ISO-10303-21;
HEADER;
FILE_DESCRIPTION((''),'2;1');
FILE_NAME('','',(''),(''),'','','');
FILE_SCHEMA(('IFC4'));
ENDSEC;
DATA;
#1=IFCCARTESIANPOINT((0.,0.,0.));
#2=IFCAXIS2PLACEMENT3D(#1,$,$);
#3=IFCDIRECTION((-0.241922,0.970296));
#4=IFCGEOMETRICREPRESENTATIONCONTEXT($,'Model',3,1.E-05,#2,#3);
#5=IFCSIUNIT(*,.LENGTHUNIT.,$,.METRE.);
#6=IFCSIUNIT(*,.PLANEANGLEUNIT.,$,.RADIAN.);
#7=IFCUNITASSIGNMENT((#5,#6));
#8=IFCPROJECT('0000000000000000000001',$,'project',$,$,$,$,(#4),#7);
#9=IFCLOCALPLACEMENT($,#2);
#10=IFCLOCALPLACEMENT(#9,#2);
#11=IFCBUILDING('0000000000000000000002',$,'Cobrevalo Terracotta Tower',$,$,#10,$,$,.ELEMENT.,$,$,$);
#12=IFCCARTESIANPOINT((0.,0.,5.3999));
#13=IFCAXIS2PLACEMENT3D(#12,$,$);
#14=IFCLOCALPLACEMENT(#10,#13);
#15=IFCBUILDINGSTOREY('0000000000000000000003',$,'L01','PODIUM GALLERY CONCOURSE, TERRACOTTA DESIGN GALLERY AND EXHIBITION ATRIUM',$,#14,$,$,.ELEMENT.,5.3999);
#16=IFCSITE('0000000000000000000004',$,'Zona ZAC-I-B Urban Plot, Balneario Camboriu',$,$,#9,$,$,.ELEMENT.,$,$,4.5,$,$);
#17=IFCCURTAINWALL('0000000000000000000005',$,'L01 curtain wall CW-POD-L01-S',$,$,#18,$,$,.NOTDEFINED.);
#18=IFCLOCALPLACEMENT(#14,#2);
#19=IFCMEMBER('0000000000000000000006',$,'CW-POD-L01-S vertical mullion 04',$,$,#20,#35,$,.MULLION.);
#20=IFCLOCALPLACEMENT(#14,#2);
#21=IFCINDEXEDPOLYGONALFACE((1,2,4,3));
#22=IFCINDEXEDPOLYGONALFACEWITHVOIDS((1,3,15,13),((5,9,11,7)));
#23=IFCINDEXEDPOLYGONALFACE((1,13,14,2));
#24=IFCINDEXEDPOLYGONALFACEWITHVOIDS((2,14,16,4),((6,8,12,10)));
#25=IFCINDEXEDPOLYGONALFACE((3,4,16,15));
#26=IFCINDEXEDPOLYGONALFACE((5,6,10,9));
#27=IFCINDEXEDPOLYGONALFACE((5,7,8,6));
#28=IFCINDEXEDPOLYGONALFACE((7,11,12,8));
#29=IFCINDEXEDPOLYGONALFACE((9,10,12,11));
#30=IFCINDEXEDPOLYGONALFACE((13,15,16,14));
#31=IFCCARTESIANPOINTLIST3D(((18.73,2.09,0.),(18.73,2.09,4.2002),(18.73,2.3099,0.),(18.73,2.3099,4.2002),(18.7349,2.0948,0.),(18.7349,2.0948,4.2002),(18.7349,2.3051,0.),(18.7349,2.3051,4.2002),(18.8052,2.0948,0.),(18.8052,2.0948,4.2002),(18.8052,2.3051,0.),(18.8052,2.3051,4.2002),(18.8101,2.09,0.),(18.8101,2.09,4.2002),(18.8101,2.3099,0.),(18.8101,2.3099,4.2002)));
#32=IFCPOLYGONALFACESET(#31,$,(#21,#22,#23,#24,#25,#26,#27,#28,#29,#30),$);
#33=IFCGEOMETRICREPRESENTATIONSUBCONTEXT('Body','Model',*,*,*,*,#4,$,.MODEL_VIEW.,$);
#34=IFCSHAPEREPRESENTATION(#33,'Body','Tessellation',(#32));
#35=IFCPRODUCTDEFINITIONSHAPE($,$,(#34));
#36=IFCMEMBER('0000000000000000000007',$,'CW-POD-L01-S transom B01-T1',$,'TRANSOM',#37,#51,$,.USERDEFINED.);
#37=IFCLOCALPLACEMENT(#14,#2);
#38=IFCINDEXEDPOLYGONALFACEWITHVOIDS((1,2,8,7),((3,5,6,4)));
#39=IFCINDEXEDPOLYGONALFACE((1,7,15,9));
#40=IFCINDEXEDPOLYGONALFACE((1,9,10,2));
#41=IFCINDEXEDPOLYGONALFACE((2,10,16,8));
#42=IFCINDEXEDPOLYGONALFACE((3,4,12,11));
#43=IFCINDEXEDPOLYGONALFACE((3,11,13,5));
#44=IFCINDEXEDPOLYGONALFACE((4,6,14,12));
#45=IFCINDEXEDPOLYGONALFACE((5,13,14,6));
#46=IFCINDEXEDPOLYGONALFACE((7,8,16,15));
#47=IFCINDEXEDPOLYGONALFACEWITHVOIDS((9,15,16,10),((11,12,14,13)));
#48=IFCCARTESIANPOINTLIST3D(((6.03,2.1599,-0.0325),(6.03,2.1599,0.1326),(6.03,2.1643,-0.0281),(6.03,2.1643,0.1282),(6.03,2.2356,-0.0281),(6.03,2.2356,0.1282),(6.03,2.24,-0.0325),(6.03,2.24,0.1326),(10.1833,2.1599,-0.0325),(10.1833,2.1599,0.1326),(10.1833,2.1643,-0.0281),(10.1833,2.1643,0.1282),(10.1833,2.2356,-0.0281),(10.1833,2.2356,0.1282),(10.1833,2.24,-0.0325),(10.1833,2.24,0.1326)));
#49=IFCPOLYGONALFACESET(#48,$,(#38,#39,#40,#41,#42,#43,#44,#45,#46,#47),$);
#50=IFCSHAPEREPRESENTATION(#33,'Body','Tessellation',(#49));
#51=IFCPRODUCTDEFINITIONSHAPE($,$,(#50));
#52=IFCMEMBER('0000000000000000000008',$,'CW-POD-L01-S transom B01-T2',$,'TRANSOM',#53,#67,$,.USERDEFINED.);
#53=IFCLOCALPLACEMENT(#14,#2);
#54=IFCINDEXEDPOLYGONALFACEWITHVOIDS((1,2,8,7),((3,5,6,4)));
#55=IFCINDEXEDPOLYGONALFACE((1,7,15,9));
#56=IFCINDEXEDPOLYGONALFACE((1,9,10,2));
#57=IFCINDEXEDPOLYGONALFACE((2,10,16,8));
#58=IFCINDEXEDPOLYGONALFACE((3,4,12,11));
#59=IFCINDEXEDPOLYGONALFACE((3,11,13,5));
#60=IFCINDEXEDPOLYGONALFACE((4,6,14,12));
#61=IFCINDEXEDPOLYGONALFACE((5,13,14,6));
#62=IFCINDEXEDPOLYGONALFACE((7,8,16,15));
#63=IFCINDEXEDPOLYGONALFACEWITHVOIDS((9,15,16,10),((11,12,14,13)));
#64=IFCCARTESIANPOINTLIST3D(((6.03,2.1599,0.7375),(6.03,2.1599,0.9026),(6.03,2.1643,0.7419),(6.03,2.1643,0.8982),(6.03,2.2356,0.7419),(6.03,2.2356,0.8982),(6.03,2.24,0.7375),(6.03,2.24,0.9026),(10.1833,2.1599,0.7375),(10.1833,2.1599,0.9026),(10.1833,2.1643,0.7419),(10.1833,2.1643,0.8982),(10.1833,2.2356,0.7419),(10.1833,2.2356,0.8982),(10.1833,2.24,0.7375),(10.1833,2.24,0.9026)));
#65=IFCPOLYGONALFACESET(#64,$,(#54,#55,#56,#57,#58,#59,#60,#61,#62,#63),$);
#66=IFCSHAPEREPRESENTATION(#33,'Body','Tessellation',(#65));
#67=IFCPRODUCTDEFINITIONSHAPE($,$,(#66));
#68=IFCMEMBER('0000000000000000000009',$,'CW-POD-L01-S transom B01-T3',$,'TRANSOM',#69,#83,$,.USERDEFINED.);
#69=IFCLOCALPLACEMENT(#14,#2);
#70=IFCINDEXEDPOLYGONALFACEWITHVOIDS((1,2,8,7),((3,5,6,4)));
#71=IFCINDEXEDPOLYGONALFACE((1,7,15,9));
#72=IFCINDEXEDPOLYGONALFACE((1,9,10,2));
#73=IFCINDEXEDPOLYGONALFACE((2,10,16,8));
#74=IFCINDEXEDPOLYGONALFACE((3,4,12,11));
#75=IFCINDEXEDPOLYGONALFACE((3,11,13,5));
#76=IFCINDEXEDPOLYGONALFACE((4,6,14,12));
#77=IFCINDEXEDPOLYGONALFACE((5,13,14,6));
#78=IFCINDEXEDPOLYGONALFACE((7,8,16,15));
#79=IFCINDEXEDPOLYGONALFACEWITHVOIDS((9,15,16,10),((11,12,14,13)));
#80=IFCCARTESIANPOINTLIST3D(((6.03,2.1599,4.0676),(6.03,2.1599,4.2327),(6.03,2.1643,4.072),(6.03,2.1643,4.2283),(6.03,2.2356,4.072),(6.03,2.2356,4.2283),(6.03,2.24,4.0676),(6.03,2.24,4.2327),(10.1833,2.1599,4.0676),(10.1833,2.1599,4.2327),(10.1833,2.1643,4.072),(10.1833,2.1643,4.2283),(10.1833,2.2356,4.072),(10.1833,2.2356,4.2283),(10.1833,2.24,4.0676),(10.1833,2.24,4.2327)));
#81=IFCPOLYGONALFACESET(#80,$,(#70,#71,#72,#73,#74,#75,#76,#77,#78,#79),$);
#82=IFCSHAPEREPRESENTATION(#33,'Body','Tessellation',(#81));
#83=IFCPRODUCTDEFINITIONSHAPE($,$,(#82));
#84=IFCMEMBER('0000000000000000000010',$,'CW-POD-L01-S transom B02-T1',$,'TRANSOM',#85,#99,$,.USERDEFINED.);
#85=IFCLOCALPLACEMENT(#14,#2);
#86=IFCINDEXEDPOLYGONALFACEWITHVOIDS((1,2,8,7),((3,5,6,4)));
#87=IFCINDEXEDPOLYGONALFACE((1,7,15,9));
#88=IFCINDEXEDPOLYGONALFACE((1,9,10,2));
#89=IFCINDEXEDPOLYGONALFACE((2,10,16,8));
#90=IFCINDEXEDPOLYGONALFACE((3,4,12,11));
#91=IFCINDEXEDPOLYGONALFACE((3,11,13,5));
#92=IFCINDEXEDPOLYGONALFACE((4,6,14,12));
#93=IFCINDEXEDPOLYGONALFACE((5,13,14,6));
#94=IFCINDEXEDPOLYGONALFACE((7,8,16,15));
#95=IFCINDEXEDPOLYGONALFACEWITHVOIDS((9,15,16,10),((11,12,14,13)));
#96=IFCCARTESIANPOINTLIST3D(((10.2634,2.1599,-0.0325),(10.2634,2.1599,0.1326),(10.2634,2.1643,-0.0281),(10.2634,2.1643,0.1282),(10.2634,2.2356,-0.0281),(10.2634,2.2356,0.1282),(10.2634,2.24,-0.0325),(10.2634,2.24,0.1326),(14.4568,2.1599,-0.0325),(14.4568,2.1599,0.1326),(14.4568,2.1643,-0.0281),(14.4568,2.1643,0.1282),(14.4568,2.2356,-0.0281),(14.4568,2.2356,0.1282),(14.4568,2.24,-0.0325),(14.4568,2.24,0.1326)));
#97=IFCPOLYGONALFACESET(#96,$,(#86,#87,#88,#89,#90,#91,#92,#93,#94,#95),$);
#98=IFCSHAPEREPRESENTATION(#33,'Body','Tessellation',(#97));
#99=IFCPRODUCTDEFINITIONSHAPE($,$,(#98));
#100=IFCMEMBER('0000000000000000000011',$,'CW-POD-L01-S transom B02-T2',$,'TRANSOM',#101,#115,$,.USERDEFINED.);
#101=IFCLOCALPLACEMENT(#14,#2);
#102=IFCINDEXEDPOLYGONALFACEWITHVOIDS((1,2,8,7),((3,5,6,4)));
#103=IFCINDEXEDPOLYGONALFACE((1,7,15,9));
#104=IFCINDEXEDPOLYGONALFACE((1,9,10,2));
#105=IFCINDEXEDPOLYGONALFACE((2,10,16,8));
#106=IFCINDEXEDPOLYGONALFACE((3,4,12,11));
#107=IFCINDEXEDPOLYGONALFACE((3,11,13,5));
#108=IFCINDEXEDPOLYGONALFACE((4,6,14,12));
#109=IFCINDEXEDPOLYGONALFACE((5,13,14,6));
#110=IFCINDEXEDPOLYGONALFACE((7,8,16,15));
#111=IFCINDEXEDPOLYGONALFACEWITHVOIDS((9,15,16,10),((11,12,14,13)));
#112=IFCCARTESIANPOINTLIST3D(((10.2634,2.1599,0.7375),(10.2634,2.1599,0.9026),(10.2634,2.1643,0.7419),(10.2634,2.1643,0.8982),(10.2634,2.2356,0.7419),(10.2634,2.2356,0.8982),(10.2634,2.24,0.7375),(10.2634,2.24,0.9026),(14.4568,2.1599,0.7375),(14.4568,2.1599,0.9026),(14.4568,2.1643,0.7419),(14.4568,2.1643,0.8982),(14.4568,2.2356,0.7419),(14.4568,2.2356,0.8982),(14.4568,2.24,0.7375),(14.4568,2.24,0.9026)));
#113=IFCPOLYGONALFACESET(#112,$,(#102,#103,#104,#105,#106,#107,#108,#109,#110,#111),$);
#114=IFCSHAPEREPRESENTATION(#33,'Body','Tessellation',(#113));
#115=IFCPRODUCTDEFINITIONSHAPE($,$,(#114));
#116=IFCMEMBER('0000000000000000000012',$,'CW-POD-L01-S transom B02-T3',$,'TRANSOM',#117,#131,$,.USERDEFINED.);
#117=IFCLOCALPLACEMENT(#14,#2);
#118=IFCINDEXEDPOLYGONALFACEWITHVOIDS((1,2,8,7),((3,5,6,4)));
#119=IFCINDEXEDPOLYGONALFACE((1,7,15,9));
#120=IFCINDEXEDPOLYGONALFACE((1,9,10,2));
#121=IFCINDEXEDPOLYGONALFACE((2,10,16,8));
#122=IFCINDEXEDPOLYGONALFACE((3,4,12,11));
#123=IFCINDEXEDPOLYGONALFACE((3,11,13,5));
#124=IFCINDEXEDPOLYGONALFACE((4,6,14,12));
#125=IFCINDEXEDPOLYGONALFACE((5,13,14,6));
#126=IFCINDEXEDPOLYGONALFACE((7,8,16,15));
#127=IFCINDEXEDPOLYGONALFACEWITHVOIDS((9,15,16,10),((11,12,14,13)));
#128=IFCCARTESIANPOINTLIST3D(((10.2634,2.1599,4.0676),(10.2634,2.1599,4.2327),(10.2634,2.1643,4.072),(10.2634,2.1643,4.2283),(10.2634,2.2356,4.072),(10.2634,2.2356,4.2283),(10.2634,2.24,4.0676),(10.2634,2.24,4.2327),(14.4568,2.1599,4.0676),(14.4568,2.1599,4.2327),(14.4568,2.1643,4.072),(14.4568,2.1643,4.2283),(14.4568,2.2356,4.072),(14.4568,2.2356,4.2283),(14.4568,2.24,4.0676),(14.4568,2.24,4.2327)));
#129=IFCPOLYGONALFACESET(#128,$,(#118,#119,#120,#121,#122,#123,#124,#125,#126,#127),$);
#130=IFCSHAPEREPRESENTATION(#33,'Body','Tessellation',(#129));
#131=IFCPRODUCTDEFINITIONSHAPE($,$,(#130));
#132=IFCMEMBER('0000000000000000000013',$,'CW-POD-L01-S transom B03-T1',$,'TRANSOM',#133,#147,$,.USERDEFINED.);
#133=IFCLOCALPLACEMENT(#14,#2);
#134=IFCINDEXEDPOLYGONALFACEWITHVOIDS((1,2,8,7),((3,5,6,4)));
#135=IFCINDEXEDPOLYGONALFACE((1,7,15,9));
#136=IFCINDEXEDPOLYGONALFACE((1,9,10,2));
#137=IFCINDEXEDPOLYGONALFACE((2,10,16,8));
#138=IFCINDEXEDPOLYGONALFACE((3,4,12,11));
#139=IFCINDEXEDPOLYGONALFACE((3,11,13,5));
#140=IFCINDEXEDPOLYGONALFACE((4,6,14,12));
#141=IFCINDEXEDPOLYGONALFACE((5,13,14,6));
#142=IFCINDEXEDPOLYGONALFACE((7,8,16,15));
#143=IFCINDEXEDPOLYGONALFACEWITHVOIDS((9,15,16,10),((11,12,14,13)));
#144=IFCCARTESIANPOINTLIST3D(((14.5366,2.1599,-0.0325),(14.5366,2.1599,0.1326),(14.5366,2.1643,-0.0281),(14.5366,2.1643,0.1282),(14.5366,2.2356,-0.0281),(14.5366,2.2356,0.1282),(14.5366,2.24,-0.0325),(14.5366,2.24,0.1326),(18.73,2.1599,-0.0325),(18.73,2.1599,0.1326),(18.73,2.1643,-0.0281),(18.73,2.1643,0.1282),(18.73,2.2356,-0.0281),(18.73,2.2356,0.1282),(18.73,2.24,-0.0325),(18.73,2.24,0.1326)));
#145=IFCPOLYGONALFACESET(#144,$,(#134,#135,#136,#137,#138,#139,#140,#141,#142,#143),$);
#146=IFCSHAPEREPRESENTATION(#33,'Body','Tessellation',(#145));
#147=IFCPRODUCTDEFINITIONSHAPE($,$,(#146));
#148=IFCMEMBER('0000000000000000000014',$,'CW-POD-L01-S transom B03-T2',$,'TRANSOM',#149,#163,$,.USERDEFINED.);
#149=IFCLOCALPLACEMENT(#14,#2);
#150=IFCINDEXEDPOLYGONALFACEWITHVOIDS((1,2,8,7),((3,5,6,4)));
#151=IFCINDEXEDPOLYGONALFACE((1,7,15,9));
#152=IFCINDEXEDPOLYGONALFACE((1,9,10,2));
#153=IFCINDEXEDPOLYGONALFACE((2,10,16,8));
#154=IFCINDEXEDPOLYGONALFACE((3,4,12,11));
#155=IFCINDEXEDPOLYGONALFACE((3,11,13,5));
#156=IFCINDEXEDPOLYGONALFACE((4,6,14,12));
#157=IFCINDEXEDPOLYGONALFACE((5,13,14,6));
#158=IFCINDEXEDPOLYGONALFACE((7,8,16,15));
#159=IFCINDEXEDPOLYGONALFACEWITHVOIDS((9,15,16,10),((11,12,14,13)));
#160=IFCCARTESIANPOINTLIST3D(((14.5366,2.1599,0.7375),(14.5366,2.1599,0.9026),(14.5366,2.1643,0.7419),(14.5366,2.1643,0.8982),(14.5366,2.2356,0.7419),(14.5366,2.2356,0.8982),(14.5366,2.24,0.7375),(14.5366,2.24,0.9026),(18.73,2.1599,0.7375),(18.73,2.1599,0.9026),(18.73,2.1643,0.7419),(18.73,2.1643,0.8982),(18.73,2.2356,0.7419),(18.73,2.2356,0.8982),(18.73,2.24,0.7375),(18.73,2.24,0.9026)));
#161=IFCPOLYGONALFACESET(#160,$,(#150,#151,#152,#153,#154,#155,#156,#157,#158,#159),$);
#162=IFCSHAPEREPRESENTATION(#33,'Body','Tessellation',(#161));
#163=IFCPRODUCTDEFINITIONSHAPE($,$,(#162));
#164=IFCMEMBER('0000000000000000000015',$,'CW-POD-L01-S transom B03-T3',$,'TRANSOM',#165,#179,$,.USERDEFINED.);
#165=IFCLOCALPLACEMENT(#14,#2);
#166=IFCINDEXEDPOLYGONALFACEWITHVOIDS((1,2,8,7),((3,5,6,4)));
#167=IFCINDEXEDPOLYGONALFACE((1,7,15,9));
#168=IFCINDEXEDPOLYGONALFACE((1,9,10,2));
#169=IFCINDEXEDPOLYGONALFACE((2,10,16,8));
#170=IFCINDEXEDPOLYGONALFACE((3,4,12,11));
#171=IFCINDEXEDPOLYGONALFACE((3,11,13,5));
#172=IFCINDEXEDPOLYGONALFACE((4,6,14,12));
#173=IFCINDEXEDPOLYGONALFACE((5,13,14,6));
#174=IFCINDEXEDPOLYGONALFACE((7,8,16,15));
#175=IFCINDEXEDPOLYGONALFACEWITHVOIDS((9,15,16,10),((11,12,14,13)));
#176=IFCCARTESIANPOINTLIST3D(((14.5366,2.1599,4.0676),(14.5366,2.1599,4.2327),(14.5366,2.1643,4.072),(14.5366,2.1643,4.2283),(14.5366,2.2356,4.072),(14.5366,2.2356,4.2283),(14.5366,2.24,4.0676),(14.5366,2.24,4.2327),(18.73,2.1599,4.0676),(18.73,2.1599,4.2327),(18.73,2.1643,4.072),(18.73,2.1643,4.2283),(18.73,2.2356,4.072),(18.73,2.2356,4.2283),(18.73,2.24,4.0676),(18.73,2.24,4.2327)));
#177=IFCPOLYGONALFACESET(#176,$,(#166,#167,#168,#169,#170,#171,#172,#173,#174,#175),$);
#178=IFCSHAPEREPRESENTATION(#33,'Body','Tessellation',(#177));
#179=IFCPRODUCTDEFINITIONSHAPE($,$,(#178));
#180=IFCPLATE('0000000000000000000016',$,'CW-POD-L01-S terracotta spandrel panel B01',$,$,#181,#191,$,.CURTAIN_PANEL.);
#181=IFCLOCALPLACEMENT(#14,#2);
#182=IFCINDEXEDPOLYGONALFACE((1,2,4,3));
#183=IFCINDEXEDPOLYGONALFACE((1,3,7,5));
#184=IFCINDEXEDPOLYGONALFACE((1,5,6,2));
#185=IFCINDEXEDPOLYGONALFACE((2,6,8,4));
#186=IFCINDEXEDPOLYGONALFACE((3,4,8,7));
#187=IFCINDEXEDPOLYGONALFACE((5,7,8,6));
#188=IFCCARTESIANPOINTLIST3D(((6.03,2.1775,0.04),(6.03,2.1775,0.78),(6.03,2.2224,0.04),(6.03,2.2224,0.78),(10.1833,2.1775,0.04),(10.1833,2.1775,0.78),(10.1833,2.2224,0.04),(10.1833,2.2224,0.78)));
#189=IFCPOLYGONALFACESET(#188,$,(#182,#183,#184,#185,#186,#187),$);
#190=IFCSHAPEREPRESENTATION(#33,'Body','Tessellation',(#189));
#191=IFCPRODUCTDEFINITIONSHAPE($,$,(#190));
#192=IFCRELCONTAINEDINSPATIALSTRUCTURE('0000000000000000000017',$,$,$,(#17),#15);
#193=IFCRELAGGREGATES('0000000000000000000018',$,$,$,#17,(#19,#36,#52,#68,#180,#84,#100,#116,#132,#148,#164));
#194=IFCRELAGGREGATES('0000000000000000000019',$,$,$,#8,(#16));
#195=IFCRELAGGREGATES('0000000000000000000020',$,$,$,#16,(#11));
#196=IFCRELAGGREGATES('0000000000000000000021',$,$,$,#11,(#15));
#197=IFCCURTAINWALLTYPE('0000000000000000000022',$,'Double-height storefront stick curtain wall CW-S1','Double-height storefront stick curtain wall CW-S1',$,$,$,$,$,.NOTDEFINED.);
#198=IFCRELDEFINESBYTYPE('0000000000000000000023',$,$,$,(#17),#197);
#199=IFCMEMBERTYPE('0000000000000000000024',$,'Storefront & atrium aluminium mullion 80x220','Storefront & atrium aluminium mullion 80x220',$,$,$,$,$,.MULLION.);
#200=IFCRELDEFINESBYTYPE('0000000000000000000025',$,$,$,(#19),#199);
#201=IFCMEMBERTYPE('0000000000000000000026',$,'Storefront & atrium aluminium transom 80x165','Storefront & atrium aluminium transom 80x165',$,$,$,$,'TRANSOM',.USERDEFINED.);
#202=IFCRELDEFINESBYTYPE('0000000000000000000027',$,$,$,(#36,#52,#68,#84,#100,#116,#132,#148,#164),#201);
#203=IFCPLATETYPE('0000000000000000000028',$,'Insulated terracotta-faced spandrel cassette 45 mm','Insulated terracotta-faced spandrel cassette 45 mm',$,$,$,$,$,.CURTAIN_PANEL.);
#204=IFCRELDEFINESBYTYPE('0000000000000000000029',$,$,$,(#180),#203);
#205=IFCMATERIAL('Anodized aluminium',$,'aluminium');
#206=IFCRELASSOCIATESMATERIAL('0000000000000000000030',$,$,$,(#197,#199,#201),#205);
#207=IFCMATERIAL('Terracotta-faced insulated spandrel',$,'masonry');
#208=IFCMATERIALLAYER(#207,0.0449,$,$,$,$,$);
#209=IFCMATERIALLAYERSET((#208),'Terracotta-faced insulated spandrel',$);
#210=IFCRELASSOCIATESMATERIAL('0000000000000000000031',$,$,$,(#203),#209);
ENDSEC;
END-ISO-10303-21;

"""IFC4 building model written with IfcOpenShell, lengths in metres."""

from ifc_helpers import new_model, si_unit, direction, frame, origin, origin_2d, place, context, subcontext, project, spatial, rectangle, hollow_rectangle, extrude, source, transform, mapped, material, layer, layer_set, material_profile, profile_set, type_object, element, aggregate, save


model = new_model("IFC4")

# Units and contexts
model_context = context("Model", 3, precision=1e-05, world=origin(), true_north=direction((-0.241922, 0.970296)))
body_context = subcontext(model_context, "Body", "Model", "MODEL_VIEW")
ifc_project = project(units=[si_unit("LENGTHUNIT", "METRE"), si_unit("PLANEANGLEUNIT", "RADIAN")], contexts=[model_context])

# Site, building, storey
site_placement = place(None, origin())
site = spatial("IfcSite", under=ifc_project, at=site_placement, Name="Zona ZAC-I-B Urban Plot, Balneario Camboriu", CompositionType="ELEMENT", RefElevation=4.5)
building_placement = place(site_placement, origin())
building = spatial("IfcBuilding", under=site, at=building_placement, Name="Cobrevalo Terracotta Tower", CompositionType="ELEMENT")
storey_placement = place(building_placement, frame((0.0, 0.0, 5.3999)))
storey = spatial("IfcBuildingStorey", under=building, at=storey_placement, Name="L01", Description="PODIUM GALLERY CONCOURSE, TERRACOTTA DESIGN GALLERY AND EXHIBITION ATRIUM", CompositionType="ELEMENT", Elevation=5.3999)

# Curtain wall, members, plate
ifc_material_1 = material(Name="Anodized aluminium", Category="aluminium")
curtain_wall_type = type_object("IfcCurtainWallType", Name="Double-height storefront stick curtain wall CW-S1", Description="Double-height storefront stick curtain wall CW-S1", PredefinedType="NOTDEFINED", material=ifc_material_1)
curtain_wall_placement = place(storey_placement, origin())
curtain_wall = element("IfcCurtainWall", 1, at=curtain_wall_placement, inside=storey, type_object=curtain_wall_type, Name="L01 curtain wall CW-POD-L01-S", PredefinedType="NOTDEFINED")
ifc_material_profile_1 = material_profile(ifc_material_1, hollow_rectangle(XDim=0.0801, YDim=0.22, WallThickness=0.0049, at=origin_2d()), Name="CWM 80x220")
ifc_profile_set_1 = profile_set([ifc_material_profile_1], Name="Anodized aluminium")
member_type_1 = type_object("IfcMemberType", Name="Storefront & atrium aluminium mullion 80x220", Description="Storefront & atrium aluminium mullion 80x220", PredefinedType="MULLION", material=ifc_profile_set_1)
shared_shape_1 = source(origin(), body_context, "Body", "SweptSolid", [
    extrude(hollow_rectangle(XDim=0.0801, YDim=0.22, WallThickness=0.0049, at=origin_2d()), origin(), (0.0, 0.0, 1.0), 4.2002),
])
member_1_placement = place(storey_placement, frame((18.77, 2.2, 0.0), z_axis=(0.0, 0.0, 1.0), x_axis=(1.0, 0.0, 0.0)))
member_1 = element("IfcMember", 2, at=member_1_placement, type_object=member_type_1, Name="CW-POD-L01-S vertical mullion 04", PredefinedType="MULLION", context=body_context, shape_type="MappedRepresentation", body=[
    mapped(shared_shape_1, transform((0.0, 0.0, 0.0), scale=1.0)),
])
ifc_material_profile_2 = material_profile(ifc_material_1, hollow_rectangle(XDim=0.0801, YDim=0.165, WallThickness=0.0044, at=origin_2d()), Name="CWT 80x165")
ifc_profile_set_2 = profile_set([ifc_material_profile_2], Name="Anodized aluminium")
member_type_2 = type_object("IfcMemberType", Name="Storefront & atrium aluminium transom 80x165", Description="Storefront & atrium aluminium transom 80x165", ElementType="TRANSOM", PredefinedType="USERDEFINED", material=ifc_profile_set_2)
shared_shape_2 = source(origin(), body_context, "Body", "SweptSolid", [
    extrude(hollow_rectangle(XDim=0.0801, YDim=0.165, WallThickness=0.0044, at=origin_2d()), origin(), (0.0, 0.0, 1.0), 4.1533),
])
member_2_placement = place(storey_placement, frame((6.03, 2.2, 0.05), z_axis=(1.0, 0.0, 0.0), x_axis=(0.0, 1.0, 0.0)))
member_2 = element("IfcMember", 3, at=member_2_placement, type_object=member_type_2, Name="CW-POD-L01-S transom B01-T1", ObjectType="TRANSOM", PredefinedType="USERDEFINED", context=body_context, shape_type="MappedRepresentation", body=[
    mapped(shared_shape_2, transform((0.0, 0.0, 0.0), scale=1.0)),
])
member_3_placement = place(storey_placement, frame((6.03, 2.2, 0.8201), z_axis=(1.0, 0.0, 0.0), x_axis=(0.0, 1.0, 0.0)))
member_3 = element("IfcMember", 4, at=member_3_placement, type_object=member_type_2, Name="CW-POD-L01-S transom B01-T2", ObjectType="TRANSOM", PredefinedType="USERDEFINED", context=body_context, shape_type="MappedRepresentation", body=[
    mapped(shared_shape_2, transform((0.0, 0.0, 0.0), scale=1.0)),
])
member_4_placement = place(storey_placement, frame((6.03, 2.2, 4.1501), z_axis=(1.0, 0.0, 0.0), x_axis=(0.0, 1.0, 0.0)))
member_4 = element("IfcMember", 5, at=member_4_placement, type_object=member_type_2, Name="CW-POD-L01-S transom B01-T3", ObjectType="TRANSOM", PredefinedType="USERDEFINED", context=body_context, shape_type="MappedRepresentation", body=[
    mapped(shared_shape_2, transform((0.0, 0.0, 0.0), scale=1.0)),
])
shared_shape_3 = source(origin(), body_context, "Body", "SweptSolid", [
    extrude(hollow_rectangle(XDim=0.0801, YDim=0.165, WallThickness=0.0044, at=origin_2d()), origin(), (0.0, 0.0, 1.0), 4.1934),
])
member_5_placement = place(storey_placement, frame((10.2634, 2.2, 0.05), z_axis=(1.0, 0.0, 0.0), x_axis=(0.0, 1.0, 0.0)))
member_5 = element("IfcMember", 6, at=member_5_placement, type_object=member_type_2, Name="CW-POD-L01-S transom B02-T1", ObjectType="TRANSOM", PredefinedType="USERDEFINED", context=body_context, shape_type="MappedRepresentation", body=[
    mapped(shared_shape_3, transform((0.0, 0.0, 0.0), scale=1.0)),
])
member_6_placement = place(storey_placement, frame((10.2634, 2.2, 0.8201), z_axis=(1.0, 0.0, 0.0), x_axis=(0.0, 1.0, 0.0)))
member_6 = element("IfcMember", 7, at=member_6_placement, type_object=member_type_2, Name="CW-POD-L01-S transom B02-T2", ObjectType="TRANSOM", PredefinedType="USERDEFINED", context=body_context, shape_type="MappedRepresentation", body=[
    mapped(shared_shape_3, transform((0.0, 0.0, 0.0), scale=1.0)),
])
member_7_placement = place(storey_placement, frame((10.2634, 2.2, 4.1501), z_axis=(1.0, 0.0, 0.0), x_axis=(0.0, 1.0, 0.0)))
member_7 = element("IfcMember", 8, at=member_7_placement, type_object=member_type_2, Name="CW-POD-L01-S transom B02-T3", ObjectType="TRANSOM", PredefinedType="USERDEFINED", context=body_context, shape_type="MappedRepresentation", body=[
    mapped(shared_shape_3, transform((0.0, 0.0, 0.0), scale=1.0)),
])
member_8_placement = place(storey_placement, frame((14.5366, 2.2, 0.05), z_axis=(1.0, 0.0, 0.0), x_axis=(0.0, 1.0, 0.0)))
member_8 = element("IfcMember", 9, at=member_8_placement, type_object=member_type_2, Name="CW-POD-L01-S transom B03-T1", ObjectType="TRANSOM", PredefinedType="USERDEFINED", context=body_context, shape_type="MappedRepresentation", body=[
    mapped(shared_shape_3, transform((0.0, 0.0, 0.0), scale=1.0)),
])
member_9_placement = place(storey_placement, frame((14.5366, 2.2, 0.8201), z_axis=(1.0, 0.0, 0.0), x_axis=(0.0, 1.0, 0.0)))
member_9 = element("IfcMember", 10, at=member_9_placement, type_object=member_type_2, Name="CW-POD-L01-S transom B03-T2", ObjectType="TRANSOM", PredefinedType="USERDEFINED", context=body_context, shape_type="MappedRepresentation", body=[
    mapped(shared_shape_3, transform((0.0, 0.0, 0.0), scale=1.0)),
])
member_10_placement = place(storey_placement, frame((14.5366, 2.2, 4.1501), z_axis=(1.0, 0.0, 0.0), x_axis=(0.0, 1.0, 0.0)))
member_10 = element("IfcMember", 11, at=member_10_placement, type_object=member_type_2, Name="CW-POD-L01-S transom B03-T3", ObjectType="TRANSOM", PredefinedType="USERDEFINED", context=body_context, shape_type="MappedRepresentation", body=[
    mapped(shared_shape_3, transform((0.0, 0.0, 0.0), scale=1.0)),
])
ifc_material_2 = material(Name="Terracotta-faced insulated spandrel", Category="masonry")
ifc_layer_1 = layer(ifc_material_2, 0.0449)
ifc_layer_set_1 = layer_set([ifc_layer_1], Name="Terracotta-faced insulated spandrel")
plate_type_1 = type_object("IfcPlateType", Name="Insulated terracotta-faced spandrel cassette 45 mm", Description="Insulated terracotta-faced spandrel cassette 45 mm", PredefinedType="CURTAIN_PANEL", material=ifc_layer_set_1)
shared_shape_4 = source(origin(), body_context, "Body", "SweptSolid", [
    extrude(rectangle(XDim=4.1533, YDim=0.0449, at=origin_2d()), origin(), (0.0, 0.0, 1.0), 0.74),
])
plate_1_placement = place(storey_placement, frame((8.1067, 2.2, 0.04), z_axis=(0.0, 0.0, 1.0), x_axis=(1.0, 0.0, 0.0)))
plate_1 = element("IfcPlate", 12, at=plate_1_placement, type_object=plate_type_1, Name="CW-POD-L01-S terracotta spandrel panel B01", PredefinedType="CURTAIN_PANEL", context=body_context, shape_type="MappedRepresentation", body=[
    mapped(shared_shape_4, transform((0.0, 0.0, 0.0), scale=1.0)),
])
aggregate(curtain_wall, [member_1, member_2, member_3, member_4, plate_1, member_5, member_6, member_7, member_8, member_9, member_10])

save(model, "model.ifc")
